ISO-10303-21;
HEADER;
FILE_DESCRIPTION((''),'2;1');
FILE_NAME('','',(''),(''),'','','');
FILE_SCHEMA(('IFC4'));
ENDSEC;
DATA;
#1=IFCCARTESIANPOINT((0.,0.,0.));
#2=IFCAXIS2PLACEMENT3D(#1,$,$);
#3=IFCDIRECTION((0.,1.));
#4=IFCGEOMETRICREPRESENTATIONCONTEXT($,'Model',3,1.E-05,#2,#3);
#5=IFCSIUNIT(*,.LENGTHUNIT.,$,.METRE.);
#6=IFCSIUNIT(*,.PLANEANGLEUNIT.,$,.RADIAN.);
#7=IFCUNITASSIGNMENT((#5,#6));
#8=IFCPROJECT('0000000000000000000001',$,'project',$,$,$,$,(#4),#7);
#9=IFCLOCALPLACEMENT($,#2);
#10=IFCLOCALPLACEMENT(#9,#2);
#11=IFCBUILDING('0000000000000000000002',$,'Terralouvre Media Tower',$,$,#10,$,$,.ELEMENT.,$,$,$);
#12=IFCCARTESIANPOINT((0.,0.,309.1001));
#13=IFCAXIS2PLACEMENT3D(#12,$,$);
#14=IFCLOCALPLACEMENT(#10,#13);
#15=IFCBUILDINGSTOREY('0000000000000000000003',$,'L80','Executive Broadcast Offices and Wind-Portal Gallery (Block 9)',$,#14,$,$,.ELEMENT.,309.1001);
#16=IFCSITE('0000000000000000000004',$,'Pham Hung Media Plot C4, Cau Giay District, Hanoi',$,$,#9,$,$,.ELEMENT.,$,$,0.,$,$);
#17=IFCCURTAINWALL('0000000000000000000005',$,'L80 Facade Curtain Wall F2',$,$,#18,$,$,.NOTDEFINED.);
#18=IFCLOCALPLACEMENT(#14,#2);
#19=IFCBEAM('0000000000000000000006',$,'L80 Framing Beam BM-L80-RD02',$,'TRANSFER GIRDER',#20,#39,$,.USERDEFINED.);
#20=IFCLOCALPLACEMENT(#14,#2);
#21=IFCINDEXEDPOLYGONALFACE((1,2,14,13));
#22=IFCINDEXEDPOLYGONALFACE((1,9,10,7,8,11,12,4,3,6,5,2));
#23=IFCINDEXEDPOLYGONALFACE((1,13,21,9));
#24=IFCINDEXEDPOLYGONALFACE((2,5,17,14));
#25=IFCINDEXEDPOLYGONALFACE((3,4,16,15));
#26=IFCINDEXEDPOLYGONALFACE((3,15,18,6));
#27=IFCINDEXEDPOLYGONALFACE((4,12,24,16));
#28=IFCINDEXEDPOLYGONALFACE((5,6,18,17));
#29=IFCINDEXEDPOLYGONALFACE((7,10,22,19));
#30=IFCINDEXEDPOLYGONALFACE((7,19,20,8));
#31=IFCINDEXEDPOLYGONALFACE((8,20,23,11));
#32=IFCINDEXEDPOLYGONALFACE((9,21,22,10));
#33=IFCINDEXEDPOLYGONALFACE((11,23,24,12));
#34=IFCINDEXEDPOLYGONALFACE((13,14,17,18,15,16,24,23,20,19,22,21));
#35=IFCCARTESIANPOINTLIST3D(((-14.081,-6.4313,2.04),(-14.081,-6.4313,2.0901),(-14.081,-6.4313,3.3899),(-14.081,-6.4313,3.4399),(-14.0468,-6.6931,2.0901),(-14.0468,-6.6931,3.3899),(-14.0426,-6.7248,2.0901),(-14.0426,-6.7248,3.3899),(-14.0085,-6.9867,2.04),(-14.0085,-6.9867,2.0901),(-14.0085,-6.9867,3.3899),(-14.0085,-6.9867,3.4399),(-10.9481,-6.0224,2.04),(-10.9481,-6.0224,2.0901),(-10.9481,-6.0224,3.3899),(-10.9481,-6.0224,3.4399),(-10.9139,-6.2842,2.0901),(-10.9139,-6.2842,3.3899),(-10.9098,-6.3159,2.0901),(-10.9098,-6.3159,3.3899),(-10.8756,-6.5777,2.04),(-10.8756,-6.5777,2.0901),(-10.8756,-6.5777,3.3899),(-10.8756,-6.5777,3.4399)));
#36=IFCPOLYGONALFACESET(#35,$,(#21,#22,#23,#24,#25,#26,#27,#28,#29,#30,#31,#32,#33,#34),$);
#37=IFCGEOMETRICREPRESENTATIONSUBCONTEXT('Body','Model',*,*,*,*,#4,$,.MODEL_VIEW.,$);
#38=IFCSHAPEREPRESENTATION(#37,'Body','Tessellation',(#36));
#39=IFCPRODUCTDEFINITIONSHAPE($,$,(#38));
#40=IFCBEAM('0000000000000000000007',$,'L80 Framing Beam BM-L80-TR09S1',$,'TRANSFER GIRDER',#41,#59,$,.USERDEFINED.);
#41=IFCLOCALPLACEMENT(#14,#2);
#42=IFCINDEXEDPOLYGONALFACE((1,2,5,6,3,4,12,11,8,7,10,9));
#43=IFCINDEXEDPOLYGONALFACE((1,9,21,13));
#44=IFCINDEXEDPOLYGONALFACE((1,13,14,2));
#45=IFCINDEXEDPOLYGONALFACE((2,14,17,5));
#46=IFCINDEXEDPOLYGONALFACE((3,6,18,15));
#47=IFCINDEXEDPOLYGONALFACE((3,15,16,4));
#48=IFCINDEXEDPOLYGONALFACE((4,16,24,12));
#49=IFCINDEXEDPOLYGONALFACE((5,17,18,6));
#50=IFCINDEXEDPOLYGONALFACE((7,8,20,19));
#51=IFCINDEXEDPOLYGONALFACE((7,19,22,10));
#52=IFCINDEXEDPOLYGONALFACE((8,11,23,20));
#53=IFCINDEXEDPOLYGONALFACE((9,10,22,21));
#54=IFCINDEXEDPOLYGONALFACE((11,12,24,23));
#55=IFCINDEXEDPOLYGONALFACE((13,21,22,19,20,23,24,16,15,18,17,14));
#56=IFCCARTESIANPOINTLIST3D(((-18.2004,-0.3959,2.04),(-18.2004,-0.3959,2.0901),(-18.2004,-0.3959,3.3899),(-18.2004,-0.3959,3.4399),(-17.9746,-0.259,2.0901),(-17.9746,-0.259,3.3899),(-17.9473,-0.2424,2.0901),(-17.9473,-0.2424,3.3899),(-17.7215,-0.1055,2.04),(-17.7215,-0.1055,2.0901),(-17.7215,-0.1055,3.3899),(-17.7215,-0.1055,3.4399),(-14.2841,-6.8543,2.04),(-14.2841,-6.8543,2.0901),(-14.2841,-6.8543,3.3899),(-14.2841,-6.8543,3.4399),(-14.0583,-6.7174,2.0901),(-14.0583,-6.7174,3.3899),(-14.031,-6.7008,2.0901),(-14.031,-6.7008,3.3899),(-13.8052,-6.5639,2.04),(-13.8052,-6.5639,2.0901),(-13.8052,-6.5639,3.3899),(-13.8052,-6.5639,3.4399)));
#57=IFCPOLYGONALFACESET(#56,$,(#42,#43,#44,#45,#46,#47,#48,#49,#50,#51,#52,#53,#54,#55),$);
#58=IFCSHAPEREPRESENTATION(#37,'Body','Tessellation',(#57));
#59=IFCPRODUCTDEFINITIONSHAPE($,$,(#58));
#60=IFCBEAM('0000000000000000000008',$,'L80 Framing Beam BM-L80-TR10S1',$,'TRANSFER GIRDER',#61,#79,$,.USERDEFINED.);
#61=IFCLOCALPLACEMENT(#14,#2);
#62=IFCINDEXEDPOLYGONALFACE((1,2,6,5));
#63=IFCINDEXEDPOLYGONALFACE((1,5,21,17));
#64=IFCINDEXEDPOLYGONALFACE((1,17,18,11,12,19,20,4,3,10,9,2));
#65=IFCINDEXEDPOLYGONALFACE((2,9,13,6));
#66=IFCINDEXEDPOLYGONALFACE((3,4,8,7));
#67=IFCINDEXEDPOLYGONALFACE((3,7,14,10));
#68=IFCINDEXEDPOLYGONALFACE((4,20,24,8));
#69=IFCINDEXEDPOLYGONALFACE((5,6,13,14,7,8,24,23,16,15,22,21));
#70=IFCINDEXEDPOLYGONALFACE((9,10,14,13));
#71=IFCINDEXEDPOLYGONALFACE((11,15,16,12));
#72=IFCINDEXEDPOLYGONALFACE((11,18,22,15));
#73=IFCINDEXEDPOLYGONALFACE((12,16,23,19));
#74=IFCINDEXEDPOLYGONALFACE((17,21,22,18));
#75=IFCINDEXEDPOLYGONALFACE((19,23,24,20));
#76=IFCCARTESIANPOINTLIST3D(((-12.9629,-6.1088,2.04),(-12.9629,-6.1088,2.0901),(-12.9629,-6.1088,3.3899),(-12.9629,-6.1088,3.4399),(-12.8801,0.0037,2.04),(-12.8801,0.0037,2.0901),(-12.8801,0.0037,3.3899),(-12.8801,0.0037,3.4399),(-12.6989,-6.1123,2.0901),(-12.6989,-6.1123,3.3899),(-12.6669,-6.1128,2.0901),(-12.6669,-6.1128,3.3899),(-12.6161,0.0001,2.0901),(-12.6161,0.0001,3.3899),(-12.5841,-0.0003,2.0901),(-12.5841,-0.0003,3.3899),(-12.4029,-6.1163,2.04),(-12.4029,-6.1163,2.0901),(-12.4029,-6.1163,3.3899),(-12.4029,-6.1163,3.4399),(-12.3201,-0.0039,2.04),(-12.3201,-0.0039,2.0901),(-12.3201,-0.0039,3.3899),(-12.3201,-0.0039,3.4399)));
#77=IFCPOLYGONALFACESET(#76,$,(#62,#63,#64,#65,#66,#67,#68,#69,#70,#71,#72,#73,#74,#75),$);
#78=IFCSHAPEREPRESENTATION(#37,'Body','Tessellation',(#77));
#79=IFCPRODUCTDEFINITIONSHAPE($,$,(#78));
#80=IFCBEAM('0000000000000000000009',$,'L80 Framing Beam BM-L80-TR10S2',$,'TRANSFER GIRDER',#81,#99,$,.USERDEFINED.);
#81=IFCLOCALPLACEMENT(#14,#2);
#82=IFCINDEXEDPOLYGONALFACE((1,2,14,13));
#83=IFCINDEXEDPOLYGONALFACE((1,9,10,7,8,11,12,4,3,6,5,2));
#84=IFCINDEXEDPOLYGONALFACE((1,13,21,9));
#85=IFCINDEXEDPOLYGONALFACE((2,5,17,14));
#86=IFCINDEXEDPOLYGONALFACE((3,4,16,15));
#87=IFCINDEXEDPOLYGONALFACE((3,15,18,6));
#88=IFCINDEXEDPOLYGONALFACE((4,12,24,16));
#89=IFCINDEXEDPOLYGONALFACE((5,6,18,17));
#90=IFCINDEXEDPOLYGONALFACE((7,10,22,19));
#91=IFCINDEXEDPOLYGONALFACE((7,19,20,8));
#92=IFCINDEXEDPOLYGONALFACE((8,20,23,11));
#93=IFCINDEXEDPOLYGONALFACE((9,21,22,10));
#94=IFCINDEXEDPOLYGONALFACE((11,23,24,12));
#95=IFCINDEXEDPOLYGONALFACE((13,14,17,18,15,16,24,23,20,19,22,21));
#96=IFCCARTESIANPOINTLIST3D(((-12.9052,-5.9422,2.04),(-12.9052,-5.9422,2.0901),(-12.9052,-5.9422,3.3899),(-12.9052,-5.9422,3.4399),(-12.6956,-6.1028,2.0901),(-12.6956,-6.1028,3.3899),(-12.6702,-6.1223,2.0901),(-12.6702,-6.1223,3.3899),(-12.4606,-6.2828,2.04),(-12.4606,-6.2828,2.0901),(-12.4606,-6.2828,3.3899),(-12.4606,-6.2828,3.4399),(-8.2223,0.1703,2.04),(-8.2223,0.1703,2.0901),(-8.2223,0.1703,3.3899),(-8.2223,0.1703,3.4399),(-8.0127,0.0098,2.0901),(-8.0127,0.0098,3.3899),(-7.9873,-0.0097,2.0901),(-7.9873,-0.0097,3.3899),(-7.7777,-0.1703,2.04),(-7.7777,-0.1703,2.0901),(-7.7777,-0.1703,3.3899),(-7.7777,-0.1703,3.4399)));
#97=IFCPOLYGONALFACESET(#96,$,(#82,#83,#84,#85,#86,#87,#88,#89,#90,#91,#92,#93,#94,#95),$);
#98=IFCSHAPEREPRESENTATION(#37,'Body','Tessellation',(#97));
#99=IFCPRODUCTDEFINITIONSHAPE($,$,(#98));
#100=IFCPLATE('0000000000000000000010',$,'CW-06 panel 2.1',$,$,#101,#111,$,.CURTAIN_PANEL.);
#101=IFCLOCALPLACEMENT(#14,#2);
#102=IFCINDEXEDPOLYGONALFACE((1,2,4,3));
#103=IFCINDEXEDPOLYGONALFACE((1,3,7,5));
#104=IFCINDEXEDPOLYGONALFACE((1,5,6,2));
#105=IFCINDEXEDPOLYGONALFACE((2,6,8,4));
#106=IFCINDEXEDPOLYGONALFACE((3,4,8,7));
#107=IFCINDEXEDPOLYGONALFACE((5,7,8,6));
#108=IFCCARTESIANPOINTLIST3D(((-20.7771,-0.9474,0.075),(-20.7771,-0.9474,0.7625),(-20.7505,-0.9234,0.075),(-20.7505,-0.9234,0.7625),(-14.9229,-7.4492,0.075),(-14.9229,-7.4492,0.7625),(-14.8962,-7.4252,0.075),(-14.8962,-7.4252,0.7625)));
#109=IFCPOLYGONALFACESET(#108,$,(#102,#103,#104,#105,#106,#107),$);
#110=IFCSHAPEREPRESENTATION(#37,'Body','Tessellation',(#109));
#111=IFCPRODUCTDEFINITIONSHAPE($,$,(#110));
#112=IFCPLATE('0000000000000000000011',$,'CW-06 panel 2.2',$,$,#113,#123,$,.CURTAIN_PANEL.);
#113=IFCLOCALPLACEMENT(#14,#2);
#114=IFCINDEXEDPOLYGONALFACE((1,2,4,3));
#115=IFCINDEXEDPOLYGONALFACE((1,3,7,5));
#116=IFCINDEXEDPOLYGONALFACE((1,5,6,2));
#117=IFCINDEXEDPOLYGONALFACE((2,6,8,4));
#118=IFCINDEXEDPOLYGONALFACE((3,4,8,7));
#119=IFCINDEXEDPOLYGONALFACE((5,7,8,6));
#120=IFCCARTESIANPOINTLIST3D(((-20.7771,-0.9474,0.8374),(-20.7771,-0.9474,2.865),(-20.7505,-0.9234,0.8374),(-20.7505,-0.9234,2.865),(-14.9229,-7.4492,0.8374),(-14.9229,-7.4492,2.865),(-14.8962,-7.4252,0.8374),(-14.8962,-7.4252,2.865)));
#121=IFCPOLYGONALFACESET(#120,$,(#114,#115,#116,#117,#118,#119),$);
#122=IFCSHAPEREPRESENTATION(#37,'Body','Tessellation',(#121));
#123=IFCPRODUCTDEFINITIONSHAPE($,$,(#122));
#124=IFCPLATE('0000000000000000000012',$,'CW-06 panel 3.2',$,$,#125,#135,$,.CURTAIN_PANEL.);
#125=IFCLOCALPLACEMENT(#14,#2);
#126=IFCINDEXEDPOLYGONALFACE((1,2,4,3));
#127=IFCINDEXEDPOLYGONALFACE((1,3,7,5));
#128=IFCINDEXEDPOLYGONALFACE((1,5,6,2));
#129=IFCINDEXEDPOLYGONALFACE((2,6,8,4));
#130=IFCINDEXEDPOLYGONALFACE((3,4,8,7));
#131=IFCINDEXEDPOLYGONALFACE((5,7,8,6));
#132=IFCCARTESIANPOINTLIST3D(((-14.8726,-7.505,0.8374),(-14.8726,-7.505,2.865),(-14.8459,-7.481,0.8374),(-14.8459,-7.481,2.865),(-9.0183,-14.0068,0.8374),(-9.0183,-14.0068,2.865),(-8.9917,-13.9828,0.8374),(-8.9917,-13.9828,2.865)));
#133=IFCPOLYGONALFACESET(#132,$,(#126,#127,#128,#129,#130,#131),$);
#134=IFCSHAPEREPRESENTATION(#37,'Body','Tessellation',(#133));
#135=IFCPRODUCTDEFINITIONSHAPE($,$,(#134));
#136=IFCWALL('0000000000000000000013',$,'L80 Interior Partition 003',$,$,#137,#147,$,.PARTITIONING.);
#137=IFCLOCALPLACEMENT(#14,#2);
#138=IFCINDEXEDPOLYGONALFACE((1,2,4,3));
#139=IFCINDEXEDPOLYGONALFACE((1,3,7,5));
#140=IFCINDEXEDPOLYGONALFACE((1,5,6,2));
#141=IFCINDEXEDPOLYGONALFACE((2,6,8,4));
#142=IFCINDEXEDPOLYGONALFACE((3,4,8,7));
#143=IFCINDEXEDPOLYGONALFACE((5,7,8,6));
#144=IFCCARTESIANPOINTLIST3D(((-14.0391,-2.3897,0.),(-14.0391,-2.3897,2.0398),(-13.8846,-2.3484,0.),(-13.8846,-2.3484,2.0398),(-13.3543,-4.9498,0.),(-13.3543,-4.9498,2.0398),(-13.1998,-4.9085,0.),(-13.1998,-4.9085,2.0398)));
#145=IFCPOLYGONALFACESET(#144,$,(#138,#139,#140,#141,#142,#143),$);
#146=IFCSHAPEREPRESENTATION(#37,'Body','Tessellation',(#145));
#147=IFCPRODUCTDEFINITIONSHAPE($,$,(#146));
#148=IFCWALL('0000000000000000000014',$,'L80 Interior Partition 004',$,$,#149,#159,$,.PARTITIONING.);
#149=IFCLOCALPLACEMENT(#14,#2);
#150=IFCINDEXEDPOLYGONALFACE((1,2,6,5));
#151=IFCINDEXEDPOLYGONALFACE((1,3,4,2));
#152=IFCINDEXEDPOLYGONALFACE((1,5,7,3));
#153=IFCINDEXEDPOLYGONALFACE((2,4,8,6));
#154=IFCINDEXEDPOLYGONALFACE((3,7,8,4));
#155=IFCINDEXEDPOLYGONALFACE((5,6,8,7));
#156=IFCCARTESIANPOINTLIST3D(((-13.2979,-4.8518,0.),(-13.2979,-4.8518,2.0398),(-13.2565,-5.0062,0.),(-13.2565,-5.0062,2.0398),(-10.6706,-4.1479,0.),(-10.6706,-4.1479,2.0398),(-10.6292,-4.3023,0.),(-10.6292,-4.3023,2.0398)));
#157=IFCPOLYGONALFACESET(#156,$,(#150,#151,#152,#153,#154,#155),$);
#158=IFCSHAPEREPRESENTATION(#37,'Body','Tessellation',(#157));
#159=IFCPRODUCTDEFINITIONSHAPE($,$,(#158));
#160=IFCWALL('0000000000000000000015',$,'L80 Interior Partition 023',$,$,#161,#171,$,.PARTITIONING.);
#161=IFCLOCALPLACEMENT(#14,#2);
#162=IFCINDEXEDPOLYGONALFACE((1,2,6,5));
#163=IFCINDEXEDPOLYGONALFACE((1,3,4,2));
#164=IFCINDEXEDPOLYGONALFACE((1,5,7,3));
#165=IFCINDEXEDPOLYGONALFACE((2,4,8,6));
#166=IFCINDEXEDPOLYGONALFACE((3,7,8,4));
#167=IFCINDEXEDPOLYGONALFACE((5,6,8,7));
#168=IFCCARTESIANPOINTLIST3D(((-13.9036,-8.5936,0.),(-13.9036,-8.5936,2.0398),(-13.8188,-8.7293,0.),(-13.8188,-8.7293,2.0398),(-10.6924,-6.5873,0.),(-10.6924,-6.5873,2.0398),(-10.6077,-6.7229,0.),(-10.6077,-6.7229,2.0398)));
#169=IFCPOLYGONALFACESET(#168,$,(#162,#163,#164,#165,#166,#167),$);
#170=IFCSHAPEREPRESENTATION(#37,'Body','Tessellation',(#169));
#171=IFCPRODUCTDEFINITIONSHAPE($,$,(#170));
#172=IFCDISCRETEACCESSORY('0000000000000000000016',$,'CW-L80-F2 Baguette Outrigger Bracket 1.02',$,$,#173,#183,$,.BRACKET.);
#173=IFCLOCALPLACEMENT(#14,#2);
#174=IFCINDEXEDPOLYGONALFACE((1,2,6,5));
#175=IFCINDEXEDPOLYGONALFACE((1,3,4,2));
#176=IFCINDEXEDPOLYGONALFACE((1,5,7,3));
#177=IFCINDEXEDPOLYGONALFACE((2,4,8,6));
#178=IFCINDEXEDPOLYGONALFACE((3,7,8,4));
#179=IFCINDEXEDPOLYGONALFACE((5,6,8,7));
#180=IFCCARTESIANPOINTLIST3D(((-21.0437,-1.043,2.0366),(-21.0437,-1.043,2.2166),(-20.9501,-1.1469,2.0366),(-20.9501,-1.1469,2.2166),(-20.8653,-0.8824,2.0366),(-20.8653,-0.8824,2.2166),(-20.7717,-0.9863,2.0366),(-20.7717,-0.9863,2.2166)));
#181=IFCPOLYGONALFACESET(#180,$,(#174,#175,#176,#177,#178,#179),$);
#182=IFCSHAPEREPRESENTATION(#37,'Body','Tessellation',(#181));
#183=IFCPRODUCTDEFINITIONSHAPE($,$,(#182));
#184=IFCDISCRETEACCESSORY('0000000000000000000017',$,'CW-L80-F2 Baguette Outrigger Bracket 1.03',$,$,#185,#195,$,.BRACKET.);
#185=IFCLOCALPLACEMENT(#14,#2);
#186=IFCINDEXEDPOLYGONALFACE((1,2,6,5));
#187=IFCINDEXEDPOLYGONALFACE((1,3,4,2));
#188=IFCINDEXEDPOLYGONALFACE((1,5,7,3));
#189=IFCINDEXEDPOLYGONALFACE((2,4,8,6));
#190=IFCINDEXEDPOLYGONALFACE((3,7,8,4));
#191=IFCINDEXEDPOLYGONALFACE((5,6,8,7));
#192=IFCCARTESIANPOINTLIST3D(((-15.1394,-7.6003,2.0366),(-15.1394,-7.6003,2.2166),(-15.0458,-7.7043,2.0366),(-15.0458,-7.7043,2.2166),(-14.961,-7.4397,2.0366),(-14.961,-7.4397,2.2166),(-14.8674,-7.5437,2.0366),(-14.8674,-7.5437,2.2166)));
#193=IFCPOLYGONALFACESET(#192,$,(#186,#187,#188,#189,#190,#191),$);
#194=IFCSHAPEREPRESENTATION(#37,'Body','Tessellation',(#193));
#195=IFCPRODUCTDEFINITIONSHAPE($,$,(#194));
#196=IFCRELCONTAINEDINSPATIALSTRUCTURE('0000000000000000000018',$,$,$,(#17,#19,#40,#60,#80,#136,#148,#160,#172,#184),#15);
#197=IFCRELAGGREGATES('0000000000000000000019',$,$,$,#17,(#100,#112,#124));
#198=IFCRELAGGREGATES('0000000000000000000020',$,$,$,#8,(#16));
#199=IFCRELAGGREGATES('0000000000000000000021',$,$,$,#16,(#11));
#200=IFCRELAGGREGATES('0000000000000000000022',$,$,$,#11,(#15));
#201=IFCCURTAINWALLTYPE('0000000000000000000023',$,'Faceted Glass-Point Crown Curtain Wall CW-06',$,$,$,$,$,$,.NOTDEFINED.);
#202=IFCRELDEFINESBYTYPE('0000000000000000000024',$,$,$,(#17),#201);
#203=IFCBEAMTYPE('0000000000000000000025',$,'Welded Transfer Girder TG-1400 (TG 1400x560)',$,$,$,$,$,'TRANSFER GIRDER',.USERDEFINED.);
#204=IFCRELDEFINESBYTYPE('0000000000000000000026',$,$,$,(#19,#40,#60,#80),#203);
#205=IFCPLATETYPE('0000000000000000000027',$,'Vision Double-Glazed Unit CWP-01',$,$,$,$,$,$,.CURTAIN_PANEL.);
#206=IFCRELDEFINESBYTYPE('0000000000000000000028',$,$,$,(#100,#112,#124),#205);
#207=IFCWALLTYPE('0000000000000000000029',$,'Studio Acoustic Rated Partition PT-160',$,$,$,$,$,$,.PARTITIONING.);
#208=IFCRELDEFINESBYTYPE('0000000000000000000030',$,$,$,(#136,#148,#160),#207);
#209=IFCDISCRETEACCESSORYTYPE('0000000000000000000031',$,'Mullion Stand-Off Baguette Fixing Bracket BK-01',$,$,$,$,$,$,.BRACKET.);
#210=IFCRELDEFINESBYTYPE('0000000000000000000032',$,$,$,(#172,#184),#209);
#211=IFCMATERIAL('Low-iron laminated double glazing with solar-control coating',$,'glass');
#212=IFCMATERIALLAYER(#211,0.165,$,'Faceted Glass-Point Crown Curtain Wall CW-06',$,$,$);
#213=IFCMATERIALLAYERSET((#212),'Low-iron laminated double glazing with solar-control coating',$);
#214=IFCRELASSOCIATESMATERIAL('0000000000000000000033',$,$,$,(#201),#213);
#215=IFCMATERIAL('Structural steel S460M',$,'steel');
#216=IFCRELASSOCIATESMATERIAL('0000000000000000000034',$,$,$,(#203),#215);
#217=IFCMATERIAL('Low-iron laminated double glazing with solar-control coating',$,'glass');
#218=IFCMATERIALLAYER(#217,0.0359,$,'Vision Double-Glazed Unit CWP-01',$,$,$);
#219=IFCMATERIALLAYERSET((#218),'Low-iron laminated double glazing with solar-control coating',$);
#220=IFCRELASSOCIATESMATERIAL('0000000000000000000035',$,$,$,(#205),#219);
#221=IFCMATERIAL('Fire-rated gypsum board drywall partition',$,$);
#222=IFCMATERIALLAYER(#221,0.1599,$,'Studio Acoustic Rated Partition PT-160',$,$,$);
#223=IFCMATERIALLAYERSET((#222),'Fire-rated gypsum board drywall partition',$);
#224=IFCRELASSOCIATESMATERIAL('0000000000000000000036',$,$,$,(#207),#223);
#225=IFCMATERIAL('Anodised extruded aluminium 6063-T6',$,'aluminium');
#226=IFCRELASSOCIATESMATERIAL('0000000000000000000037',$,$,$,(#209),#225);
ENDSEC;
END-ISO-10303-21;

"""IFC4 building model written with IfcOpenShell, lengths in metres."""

from ifc_helpers import new_model, si_unit, direction, frame, frame_2d, origin, origin_2d, place, context, subcontext, project, spatial, rectangle, i_section, extrude, material, layer, layer_set, material_profile, profile_set, type_object, element, aggregate, save


model = new_model("IFC4")

# Units and contexts
model_context = context("Model", 3, precision=1e-05, world=origin(), true_north=direction((0.0, 1.0)))
body_context = subcontext(model_context, "Body", "Model", "MODEL_VIEW")
ifc_project = project(units=[si_unit("LENGTHUNIT", "METRE"), si_unit("PLANEANGLEUNIT", "RADIAN")], contexts=[model_context])

# Site, building, storey
site_placement = place(None, origin())
site = spatial("IfcSite", under=ifc_project, at=site_placement, Name="Pham Hung Media Plot C4, Cau Giay District, Hanoi", CompositionType="ELEMENT", RefElevation=0.0)
building_placement = place(site_placement, origin())
building = spatial("IfcBuilding", under=site, at=building_placement, Name="Terralouvre Media Tower", CompositionType="ELEMENT")
storey_placement = place(building_placement, frame((0.0, 0.0, 309.1001)))
storey = spatial("IfcBuildingStorey", under=building, at=storey_placement, Name="L80", Description="Executive Broadcast Offices and Wind-Portal Gallery (Block 9)", CompositionType="ELEMENT", Elevation=309.1001)

# Curtain wall
ifc_material_1 = material(Name="Low-iron laminated double glazing with solar-control coating", Category="glass")
ifc_layer_1 = layer(ifc_material_1, 0.165, Name="Faceted Glass-Point Crown Curtain Wall CW-06")
ifc_layer_set_1 = layer_set([ifc_layer_1], Name="Low-iron laminated double glazing with solar-control coating")
curtain_wall_type = type_object("IfcCurtainWallType", Name="Faceted Glass-Point Crown Curtain Wall CW-06", PredefinedType="NOTDEFINED", material=ifc_layer_set_1)
curtain_wall_placement = place(storey_placement, origin())
curtain_wall = element("IfcCurtainWall", 1, at=curtain_wall_placement, inside=storey, type_object=curtain_wall_type, Name="L80 Facade Curtain Wall F2", PredefinedType="NOTDEFINED")

# Beams
ifc_material_2 = material(Name="Structural steel S460M", Category="steel")
ifc_material_profile_1 = material_profile(ifc_material_2, i_section(OverallWidth=0.5601, OverallDepth=1.3999, WebThickness=0.032, FlangeThickness=0.05, at=origin_2d()), Name="TG 1400x560")
ifc_profile_set_1 = profile_set([ifc_material_profile_1], Name="Structural steel S460M")
beam_type_1 = type_object("IfcBeamType", Name="Welded Transfer Girder TG-1400 (TG 1400x560)", ElementType="TRANSFER GIRDER", PredefinedType="USERDEFINED", material=ifc_profile_set_1)
beam_1_placement = place(storey_placement, frame((-10.9119, -6.3, 2.74), z_axis=(-0.991588, -0.129435, 0.0), x_axis=(0.129435, -0.991588, 0.0)))
element("IfcBeam", 2, at=beam_1_placement, inside=storey, type_object=beam_type_1, Name="L80 Framing Beam BM-L80-RD02", ObjectType="TRANSFER GIRDER", PredefinedType="USERDEFINED", context=body_context, shape_type="SweptSolid", body=[
    extrude(i_section(OverallWidth=0.5601, OverallDepth=1.3999, WebThickness=0.032, FlangeThickness=0.05, at=origin_2d()), origin(), (0.0, 0.0, 1.0), 3.1594),
])
beam_2_placement = place(storey_placement, frame((-17.9609, -0.2507, 2.74), z_axis=(0.518512, -0.855071, 0.0), x_axis=(0.855071, 0.518512, 0.0)))
element("IfcBeam", 3, at=beam_2_placement, inside=storey, type_object=beam_type_1, Name="L80 Framing Beam BM-L80-TR09S1", ObjectType="TRANSFER GIRDER", PredefinedType="USERDEFINED", context=body_context, shape_type="SweptSolid", body=[
    extrude(i_section(OverallWidth=0.5601, OverallDepth=1.3999, WebThickness=0.032, FlangeThickness=0.05, at=origin_2d()), origin(), (0.0, 0.0, 1.0), 7.553),
])
beam_3_placement = place(storey_placement, frame((-12.6829, -6.1125, 2.74), z_axis=(0.013539, 0.999908, 0.0), x_axis=(-0.999908, 0.013539, 0.0)))
element("IfcBeam", 4, at=beam_3_placement, inside=storey, type_object=beam_type_1, Name="L80 Framing Beam BM-L80-TR10S1", ObjectType="TRANSFER GIRDER", PredefinedType="USERDEFINED", context=body_context, shape_type="SweptSolid", body=[
    extrude(i_section(OverallWidth=0.5601, OverallDepth=1.3999, WebThickness=0.032, FlangeThickness=0.05, at=origin_2d()), origin(), (0.0, 0.0, 1.0), 6.113),
])
beam_4_placement = place(storey_placement, frame((-12.6829, -6.1125, 2.74), z_axis=(0.608151, 0.793821, 0.0), x_axis=(-0.793821, 0.608151, 0.0)))
element("IfcBeam", 5, at=beam_4_placement, inside=storey, type_object=beam_type_1, Name="L80 Framing Beam BM-L80-TR10S2", ObjectType="TRANSFER GIRDER", PredefinedType="USERDEFINED", context=body_context, shape_type="SweptSolid", body=[
    extrude(i_section(OverallWidth=0.5601, OverallDepth=1.3999, WebThickness=0.032, FlangeThickness=0.05, at=origin_2d()), origin(), (0.0, 0.0, 1.0), 7.7002),
])

# Plates
ifc_material_3 = material(Name="Low-iron laminated double glazing with solar-control coating", Category="glass")
ifc_layer_2 = layer(ifc_material_3, 0.0359, Name="Vision Double-Glazed Unit CWP-01")
ifc_layer_set_2 = layer_set([ifc_layer_2], Name="Low-iron laminated double glazing with solar-control coating")
plate_type = type_object("IfcPlateType", Name="Vision Double-Glazed Unit CWP-01", PredefinedType="CURTAIN_PANEL", material=ifc_layer_set_2)
plate_1_placement = place(storey_placement, frame((-17.8367, -4.1863, 0.075), z_axis=(0.0, 0.0, 1.0), x_axis=(0.669131, -0.743145, 0.0)))
plate_1 = element("IfcPlate", 6, at=plate_1_placement, type_object=plate_type, Name="CW-06 panel 2.1", PredefinedType="CURTAIN_PANEL", context=body_context, shape_type="SweptSolid", body=[
    extrude(rectangle(XDim=8.749, YDim=0.0359, at=origin_2d()), origin(), (0.0, 0.0, 1.0), 0.6875),
])
plate_2_placement = place(storey_placement, frame((-17.8367, -4.1863, 0.8374), z_axis=(0.0, 0.0, 1.0), x_axis=(0.669131, -0.743145, 0.0)))
plate_2 = element("IfcPlate", 7, at=plate_2_placement, type_object=plate_type, Name="CW-06 panel 2.2", PredefinedType="CURTAIN_PANEL", context=body_context, shape_type="SweptSolid", body=[
    extrude(rectangle(XDim=8.749, YDim=0.0359, at=origin_2d()), origin(), (0.0, 0.0, 1.0), 2.0276),
])
plate_3_placement = place(storey_placement, frame((-11.9321, -10.7439, 0.8374), z_axis=(0.0, 0.0, 1.0), x_axis=(0.669131, -0.743145, 0.0)))
plate_3 = element("IfcPlate", 8, at=plate_3_placement, type_object=plate_type, Name="CW-06 panel 3.2", PredefinedType="CURTAIN_PANEL", context=body_context, shape_type="SweptSolid", body=[
    extrude(rectangle(XDim=8.749, YDim=0.0359, at=origin_2d()), origin(), (0.0, 0.0, 1.0), 2.0276),
])
aggregate(curtain_wall, [plate_1, plate_2, plate_3])

# Walls
ifc_material_4 = material(Name="Fire-rated gypsum board drywall partition")
ifc_layer_3 = layer(ifc_material_4, 0.1599, Name="Studio Acoustic Rated Partition PT-160")
ifc_layer_set_3 = layer_set([ifc_layer_3], Name="Fire-rated gypsum board drywall partition")
wall_type = type_object("IfcWallType", Name="Studio Acoustic Rated Partition PT-160", PredefinedType="PARTITIONING", material=ifc_layer_set_3)
wall_1_placement = place(storey_placement, frame((-13.9619, -2.3689, 0.0), z_axis=(0.0, 0.0, 1.0), x_axis=(0.258414, -0.966034, 0.0)))
element("IfcWall", 9, at=wall_1_placement, inside=storey, type_object=wall_type, Name="L80 Interior Partition 003", PredefinedType="PARTITIONING", context=body_context, shape_type="SweptSolid", body=[
    extrude(rectangle(XDim=2.6501, YDim=0.1599, at=frame_2d((1.3252, 0.0))), origin(), (0.0, 0.0, 1.0), 2.0398),
])
wall_2_placement = place(storey_placement, frame((-13.2771, -4.929, 0.0), z_axis=(0.0, 0.0, 1.0), x_axis=(0.965935, 0.258785, 0.0)))
element("IfcWall", 10, at=wall_2_placement, inside=storey, type_object=wall_type, Name="L80 Interior Partition 004", PredefinedType="PARTITIONING", context=body_context, shape_type="SweptSolid", body=[
    extrude(rectangle(XDim=2.72, YDim=0.1599, at=frame_2d((1.3599, 0.0))), origin(), (0.0, 0.0, 1.0), 2.0398),
])
wall_3_placement = place(storey_placement, frame((-13.8611, -8.6614, 0.0), z_axis=(0.0, 0.0, 1.0), x_axis=(0.848074, 0.529877, 0.0)))
element("IfcWall", 11, at=wall_3_placement, inside=storey, type_object=wall_type, Name="L80 Interior Partition 023", PredefinedType="PARTITIONING", context=body_context, shape_type="SweptSolid", body=[
    extrude(rectangle(XDim=3.7864, YDim=0.1599, at=frame_2d((1.8931, 0.0))), origin(), (0.0, 0.0, 1.0), 2.0398),
])

# Discrete accessories
ifc_material_5 = material(Name="Anodised extruded aluminium 6063-T6", Category="aluminium")
discrete_accessory_type = type_object("IfcDiscreteAccessoryType", Name="Mullion Stand-Off Baguette Fixing Bracket BK-01", PredefinedType="BRACKET", material=ifc_material_5)
for number, where, z_axis, x_axis, name in (
    (12, (-20.9077, -1.0146, 2.0366), (0.0, 0.0, 1.0), (0.669131, -0.743145, 0.0), "CW-L80-F2 Baguette Outrigger Bracket 1.02"),
    (13, (-15.0034, -7.572, 2.0366), (0.0, 0.0, 1.0), (0.669131, -0.743145, 0.0), "CW-L80-F2 Baguette Outrigger Bracket 1.03"),
):
    element("IfcDiscreteAccessory", number, at=place(storey_placement, frame(where, z_axis=z_axis, x_axis=x_axis)), inside=storey, type_object=discrete_accessory_type, Name=name, PredefinedType="BRACKET", context=body_context, shape_type="SweptSolid", body=[
        extrude(rectangle(XDim=0.1399, YDim=0.24, at=origin_2d()), origin(), (0.0, 0.0, 1.0), 0.1799),
    ])

save(model, "model.ifc")
